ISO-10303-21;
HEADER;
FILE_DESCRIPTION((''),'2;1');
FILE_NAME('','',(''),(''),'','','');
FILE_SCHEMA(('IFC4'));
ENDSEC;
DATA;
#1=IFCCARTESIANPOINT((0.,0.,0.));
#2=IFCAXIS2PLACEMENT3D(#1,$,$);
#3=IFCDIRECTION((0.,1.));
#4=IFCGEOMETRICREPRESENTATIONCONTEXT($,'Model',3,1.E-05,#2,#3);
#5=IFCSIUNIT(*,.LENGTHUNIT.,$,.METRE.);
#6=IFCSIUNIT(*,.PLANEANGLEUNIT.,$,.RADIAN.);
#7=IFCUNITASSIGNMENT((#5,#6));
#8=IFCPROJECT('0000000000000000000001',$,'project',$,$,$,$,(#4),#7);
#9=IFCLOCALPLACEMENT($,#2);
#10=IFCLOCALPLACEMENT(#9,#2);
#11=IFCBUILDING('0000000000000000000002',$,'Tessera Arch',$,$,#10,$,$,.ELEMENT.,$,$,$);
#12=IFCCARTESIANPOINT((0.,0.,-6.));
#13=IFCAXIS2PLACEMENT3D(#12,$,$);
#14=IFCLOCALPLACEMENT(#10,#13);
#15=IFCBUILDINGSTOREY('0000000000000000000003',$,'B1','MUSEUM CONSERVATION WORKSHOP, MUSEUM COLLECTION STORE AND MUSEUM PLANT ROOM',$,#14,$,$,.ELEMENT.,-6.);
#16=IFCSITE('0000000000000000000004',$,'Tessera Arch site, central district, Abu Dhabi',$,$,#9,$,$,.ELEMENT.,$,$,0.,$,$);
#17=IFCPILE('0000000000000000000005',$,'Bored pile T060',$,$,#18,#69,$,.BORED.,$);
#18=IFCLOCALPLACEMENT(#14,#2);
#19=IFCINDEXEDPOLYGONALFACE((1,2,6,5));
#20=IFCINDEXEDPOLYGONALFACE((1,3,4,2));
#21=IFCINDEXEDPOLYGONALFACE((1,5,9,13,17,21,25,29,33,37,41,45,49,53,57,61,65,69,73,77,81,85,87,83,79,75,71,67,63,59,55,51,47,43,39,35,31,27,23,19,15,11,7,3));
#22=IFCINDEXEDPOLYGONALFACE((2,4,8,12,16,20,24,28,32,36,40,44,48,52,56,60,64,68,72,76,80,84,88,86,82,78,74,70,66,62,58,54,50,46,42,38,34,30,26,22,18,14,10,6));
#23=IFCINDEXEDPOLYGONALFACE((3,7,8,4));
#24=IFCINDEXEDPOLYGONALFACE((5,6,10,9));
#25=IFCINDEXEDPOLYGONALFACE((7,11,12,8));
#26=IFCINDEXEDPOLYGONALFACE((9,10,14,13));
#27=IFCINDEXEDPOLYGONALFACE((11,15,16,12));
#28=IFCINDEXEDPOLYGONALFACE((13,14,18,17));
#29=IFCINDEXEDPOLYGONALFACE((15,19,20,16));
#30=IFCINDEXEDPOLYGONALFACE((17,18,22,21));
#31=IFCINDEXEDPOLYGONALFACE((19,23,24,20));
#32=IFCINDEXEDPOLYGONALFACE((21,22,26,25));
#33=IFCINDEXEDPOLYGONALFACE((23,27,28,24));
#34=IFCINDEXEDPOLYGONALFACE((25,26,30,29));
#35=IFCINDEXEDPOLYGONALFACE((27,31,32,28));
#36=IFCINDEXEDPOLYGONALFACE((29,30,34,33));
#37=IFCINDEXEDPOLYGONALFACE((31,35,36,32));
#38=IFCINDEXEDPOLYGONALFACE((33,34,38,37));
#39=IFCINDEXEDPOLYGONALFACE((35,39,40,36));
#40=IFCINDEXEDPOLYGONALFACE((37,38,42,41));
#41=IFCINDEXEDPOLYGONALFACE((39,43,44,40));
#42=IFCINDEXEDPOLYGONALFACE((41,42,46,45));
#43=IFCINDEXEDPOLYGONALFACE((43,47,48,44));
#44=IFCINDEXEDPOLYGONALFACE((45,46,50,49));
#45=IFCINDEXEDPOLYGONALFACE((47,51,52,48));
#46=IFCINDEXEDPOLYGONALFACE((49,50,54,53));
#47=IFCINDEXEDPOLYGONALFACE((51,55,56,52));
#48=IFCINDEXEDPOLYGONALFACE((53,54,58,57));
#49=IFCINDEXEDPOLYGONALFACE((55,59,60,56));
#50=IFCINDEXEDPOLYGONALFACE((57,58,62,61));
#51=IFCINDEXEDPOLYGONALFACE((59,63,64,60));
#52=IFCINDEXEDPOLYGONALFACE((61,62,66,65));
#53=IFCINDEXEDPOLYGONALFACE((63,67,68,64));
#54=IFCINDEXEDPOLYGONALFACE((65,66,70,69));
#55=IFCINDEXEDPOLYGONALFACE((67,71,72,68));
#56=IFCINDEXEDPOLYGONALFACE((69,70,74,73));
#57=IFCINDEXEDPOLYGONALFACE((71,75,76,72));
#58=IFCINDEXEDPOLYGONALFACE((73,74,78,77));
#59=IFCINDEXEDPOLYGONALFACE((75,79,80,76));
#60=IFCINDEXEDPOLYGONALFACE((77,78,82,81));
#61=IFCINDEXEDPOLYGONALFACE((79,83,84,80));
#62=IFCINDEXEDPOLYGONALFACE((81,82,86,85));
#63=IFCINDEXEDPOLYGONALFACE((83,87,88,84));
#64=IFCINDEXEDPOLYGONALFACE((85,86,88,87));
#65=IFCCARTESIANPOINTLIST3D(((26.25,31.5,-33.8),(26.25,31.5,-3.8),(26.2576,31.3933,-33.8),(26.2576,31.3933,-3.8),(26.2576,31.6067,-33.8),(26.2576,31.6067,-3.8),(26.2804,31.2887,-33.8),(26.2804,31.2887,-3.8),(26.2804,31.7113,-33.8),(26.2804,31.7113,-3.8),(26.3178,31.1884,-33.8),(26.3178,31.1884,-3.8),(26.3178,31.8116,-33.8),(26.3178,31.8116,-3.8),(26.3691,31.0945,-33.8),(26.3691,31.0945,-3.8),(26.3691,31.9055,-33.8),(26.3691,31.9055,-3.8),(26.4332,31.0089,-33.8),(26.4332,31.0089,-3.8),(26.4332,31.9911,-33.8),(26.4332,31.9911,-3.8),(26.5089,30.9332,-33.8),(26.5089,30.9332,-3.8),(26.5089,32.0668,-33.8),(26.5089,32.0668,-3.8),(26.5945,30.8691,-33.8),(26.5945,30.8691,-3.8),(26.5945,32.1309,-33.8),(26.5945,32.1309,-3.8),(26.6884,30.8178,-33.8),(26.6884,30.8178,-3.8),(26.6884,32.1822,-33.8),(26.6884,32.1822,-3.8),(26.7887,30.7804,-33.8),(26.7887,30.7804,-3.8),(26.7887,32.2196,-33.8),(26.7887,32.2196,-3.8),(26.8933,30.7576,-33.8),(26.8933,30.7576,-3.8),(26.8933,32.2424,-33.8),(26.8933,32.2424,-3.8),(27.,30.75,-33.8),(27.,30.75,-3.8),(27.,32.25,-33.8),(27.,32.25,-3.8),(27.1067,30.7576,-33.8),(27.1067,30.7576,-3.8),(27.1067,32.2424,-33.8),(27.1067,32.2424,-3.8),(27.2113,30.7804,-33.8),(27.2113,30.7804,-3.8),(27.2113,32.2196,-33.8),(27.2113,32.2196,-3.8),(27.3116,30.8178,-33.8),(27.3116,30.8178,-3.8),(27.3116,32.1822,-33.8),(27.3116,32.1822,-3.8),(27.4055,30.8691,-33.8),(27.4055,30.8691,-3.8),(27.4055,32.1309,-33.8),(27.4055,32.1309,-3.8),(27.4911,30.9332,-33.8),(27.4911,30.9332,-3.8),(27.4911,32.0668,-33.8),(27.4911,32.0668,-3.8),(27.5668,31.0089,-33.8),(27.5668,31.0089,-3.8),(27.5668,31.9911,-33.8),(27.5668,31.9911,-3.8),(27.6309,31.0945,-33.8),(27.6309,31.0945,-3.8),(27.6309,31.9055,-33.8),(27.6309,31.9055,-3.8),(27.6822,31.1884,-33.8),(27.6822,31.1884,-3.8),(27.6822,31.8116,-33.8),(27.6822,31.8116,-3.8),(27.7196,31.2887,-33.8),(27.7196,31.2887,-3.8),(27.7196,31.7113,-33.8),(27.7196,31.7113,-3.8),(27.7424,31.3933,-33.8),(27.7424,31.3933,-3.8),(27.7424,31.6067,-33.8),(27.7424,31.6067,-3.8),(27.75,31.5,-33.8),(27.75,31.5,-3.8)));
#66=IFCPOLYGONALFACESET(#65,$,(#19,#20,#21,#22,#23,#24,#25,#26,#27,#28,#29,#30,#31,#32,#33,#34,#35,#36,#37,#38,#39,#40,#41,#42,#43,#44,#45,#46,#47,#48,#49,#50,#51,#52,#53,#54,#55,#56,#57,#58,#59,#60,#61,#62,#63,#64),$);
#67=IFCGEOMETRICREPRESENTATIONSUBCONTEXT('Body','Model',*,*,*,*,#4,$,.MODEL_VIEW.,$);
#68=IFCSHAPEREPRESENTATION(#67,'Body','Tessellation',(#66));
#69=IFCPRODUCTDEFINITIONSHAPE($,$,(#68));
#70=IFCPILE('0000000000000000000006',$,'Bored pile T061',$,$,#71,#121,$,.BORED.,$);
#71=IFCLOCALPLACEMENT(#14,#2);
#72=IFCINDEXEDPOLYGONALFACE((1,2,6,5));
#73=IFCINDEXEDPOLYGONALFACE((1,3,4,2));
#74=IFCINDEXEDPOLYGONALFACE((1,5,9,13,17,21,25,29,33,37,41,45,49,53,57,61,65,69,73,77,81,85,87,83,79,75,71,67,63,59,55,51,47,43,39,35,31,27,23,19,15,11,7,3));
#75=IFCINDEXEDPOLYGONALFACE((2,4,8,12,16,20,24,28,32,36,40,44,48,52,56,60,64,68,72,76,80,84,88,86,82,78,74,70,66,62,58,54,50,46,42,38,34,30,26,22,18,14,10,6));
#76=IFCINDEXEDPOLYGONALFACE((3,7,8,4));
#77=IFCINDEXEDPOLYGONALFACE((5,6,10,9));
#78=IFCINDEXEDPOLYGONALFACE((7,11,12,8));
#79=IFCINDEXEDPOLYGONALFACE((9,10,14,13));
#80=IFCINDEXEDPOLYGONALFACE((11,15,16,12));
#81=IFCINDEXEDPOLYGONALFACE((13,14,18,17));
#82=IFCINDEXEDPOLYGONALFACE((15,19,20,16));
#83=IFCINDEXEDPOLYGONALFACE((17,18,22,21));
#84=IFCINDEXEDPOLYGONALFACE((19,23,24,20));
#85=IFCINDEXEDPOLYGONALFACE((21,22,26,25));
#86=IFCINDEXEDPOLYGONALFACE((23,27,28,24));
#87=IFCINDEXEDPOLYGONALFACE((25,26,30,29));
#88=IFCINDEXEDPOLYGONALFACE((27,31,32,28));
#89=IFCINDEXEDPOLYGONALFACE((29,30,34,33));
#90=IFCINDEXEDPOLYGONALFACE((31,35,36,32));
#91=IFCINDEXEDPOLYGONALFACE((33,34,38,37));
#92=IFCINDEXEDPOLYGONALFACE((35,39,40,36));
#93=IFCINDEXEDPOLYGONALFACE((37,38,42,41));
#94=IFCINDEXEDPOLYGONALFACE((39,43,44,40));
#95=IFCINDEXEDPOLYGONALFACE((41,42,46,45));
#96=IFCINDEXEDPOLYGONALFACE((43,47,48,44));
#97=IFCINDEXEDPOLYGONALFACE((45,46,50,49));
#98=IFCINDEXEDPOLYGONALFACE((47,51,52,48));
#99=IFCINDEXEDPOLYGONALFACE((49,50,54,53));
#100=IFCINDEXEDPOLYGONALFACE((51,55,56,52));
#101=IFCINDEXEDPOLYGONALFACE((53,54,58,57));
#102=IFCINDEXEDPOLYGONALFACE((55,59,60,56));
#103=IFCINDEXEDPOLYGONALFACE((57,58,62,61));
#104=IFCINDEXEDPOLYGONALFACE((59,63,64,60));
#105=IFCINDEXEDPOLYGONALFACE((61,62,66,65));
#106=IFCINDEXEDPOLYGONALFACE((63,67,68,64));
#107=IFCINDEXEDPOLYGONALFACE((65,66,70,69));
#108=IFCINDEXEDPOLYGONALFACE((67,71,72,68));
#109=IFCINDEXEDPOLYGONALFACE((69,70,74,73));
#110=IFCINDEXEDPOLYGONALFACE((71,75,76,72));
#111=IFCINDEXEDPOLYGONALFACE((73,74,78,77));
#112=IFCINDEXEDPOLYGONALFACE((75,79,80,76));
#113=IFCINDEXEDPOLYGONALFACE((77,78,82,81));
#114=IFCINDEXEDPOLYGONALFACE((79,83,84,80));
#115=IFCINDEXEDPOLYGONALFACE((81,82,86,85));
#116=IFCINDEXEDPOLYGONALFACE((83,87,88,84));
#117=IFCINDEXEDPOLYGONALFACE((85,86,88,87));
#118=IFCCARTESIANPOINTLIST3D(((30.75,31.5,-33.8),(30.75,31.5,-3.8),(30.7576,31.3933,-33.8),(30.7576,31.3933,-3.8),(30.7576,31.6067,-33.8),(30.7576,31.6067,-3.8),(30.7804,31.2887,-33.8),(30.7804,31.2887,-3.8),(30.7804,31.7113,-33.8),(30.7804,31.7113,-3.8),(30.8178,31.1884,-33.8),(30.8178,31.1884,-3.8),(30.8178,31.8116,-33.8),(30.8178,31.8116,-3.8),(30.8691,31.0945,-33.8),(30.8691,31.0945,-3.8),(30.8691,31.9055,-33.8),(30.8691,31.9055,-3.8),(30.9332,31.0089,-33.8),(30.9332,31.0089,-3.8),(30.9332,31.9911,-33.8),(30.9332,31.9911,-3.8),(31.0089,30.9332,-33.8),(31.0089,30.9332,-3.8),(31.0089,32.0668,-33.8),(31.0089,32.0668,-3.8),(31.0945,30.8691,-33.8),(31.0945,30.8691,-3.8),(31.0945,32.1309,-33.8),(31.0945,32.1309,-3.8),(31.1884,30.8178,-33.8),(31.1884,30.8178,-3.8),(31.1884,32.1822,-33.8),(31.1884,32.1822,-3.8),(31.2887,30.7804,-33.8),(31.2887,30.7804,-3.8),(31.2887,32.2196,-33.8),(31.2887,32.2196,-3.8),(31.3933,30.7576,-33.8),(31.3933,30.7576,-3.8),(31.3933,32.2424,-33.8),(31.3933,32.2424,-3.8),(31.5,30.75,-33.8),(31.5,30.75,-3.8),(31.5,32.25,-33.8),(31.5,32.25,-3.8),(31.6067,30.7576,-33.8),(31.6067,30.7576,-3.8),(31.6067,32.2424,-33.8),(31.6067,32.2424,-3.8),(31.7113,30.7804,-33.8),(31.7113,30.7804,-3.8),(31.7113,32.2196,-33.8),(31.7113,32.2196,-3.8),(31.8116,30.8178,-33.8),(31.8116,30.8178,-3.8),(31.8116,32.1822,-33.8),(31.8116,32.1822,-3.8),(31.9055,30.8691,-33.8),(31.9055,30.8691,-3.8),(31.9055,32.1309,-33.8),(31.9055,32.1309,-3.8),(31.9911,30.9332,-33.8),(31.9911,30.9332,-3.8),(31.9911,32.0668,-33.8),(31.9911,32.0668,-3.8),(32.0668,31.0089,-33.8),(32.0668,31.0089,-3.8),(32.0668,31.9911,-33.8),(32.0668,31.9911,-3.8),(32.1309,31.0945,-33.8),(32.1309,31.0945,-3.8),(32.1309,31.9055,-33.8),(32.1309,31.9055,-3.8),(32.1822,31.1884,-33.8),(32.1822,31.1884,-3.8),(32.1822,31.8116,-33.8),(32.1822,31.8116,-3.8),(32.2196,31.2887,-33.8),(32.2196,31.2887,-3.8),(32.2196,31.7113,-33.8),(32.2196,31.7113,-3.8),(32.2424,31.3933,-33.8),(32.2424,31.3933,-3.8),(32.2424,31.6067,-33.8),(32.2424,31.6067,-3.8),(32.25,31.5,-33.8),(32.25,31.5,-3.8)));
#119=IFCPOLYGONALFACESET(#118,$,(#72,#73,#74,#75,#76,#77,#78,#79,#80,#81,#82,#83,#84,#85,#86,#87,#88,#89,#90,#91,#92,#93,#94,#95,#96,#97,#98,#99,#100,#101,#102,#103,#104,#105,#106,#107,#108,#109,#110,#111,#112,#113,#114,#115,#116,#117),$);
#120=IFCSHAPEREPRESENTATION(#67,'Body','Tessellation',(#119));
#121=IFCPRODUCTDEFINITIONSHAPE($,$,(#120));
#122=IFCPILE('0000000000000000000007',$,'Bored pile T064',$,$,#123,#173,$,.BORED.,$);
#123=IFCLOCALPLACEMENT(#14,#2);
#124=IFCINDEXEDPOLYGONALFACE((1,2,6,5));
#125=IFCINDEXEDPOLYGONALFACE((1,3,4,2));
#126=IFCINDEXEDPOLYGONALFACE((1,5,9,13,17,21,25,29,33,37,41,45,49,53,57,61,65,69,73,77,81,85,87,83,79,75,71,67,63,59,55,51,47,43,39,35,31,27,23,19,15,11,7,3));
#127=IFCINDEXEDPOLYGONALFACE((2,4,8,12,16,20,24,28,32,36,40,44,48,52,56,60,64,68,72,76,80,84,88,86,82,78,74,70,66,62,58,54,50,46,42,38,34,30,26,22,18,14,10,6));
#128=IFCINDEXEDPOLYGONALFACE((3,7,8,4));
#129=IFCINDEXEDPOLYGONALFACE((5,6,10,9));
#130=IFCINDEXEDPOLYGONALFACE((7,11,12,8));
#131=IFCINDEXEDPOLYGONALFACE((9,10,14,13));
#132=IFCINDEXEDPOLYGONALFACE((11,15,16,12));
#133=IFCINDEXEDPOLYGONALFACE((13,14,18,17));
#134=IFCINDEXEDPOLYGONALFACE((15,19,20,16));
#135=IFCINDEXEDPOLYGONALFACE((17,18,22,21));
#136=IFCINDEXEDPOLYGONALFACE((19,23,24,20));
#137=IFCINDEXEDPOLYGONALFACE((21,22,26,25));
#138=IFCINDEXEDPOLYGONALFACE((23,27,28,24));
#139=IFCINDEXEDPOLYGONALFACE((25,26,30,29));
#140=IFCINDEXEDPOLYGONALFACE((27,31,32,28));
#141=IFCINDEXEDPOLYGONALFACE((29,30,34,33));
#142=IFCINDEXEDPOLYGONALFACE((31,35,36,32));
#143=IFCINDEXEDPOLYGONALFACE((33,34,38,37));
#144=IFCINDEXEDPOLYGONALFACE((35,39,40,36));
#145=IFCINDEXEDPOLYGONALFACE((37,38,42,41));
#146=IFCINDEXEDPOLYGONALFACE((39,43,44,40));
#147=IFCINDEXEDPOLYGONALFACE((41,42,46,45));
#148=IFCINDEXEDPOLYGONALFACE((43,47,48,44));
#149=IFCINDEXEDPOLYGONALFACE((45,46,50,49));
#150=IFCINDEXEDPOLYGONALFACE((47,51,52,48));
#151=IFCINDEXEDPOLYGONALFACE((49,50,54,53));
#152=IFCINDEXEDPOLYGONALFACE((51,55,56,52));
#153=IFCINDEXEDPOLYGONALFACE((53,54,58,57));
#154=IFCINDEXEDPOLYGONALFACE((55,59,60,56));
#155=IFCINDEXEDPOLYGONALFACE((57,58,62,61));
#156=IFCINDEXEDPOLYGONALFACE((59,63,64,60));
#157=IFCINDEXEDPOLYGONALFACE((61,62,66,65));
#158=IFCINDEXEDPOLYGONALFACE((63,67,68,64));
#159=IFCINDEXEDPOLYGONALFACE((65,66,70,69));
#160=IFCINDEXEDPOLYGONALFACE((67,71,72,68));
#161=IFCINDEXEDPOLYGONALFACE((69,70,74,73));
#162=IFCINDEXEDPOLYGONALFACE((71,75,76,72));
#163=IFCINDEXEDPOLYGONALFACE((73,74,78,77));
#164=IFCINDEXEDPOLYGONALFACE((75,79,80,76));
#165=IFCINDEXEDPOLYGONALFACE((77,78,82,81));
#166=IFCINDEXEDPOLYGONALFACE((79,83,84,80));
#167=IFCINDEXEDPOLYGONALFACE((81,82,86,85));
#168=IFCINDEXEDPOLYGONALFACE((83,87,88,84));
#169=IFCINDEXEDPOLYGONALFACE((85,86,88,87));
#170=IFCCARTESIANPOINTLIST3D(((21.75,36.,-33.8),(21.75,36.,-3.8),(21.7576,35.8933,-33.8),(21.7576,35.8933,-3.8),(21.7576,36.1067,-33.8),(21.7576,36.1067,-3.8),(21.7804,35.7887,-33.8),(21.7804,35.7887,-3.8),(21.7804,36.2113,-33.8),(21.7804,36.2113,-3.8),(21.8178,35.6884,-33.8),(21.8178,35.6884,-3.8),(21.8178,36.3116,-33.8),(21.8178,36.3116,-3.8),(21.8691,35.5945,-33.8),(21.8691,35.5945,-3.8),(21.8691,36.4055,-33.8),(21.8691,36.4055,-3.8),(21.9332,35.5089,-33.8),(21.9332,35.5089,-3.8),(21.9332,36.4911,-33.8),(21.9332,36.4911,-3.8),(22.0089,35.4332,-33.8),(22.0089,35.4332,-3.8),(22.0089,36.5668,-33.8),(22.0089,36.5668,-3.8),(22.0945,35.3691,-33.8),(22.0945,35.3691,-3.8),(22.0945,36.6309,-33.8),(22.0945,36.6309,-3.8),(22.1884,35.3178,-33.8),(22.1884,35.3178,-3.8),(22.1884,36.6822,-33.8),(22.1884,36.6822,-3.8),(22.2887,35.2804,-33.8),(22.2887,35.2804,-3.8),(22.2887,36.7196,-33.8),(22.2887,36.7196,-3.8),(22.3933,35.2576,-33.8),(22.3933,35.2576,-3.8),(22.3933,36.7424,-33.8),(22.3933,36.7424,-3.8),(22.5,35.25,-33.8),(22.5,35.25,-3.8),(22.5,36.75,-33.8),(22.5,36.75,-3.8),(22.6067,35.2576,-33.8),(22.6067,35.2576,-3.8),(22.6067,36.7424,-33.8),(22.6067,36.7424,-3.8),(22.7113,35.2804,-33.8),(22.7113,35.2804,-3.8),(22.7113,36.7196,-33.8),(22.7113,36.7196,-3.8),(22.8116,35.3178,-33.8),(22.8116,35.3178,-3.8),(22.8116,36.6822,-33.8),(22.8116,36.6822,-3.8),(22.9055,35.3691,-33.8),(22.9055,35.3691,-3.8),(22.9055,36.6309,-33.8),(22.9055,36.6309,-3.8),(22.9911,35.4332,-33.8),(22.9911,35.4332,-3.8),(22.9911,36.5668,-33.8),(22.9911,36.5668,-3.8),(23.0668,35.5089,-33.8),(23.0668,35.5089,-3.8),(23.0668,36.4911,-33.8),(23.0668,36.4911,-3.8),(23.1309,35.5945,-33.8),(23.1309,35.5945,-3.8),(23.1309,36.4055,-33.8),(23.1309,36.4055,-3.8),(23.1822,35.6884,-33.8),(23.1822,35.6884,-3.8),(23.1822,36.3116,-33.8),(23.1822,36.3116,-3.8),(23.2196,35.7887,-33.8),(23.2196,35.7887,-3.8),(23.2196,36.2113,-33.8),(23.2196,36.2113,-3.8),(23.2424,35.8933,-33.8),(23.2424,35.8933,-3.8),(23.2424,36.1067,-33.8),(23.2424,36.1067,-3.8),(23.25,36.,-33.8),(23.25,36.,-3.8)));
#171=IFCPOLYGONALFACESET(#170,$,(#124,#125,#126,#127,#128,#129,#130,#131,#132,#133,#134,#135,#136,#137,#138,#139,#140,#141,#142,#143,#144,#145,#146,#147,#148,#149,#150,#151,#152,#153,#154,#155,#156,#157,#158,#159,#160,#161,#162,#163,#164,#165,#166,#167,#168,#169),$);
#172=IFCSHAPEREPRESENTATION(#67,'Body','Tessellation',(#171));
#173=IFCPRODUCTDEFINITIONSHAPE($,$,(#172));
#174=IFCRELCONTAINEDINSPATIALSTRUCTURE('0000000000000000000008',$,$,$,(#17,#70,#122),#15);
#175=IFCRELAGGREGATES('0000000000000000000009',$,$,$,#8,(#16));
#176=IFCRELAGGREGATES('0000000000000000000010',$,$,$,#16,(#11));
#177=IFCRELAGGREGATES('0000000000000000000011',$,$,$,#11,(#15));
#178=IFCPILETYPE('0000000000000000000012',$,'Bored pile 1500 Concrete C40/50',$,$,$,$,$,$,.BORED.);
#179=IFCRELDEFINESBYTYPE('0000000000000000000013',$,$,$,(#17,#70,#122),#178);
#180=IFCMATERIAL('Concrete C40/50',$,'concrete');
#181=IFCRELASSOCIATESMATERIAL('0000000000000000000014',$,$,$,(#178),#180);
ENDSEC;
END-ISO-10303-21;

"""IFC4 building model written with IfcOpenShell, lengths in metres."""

from ifc_helpers import new_model, si_unit, direction, frame, origin, origin_2d, place, context, subcontext, project, spatial, circle, extrude, material, type_object, element, save


model = new_model("IFC4")

# Units and contexts
model_context = context("Model", 3, precision=1e-05, world=origin(), true_north=direction((0.0, 1.0)))
body_context = subcontext(model_context, "Body", "Model", "MODEL_VIEW")
ifc_project = project(units=[si_unit("LENGTHUNIT", "METRE"), si_unit("PLANEANGLEUNIT", "RADIAN")], contexts=[model_context])

# Site, building, storey
site_placement = place(None, origin())
site = spatial("IfcSite", under=ifc_project, at=site_placement, Name="Tessera Arch site, central district, Abu Dhabi", CompositionType="ELEMENT", RefElevation=0.0)
building_placement = place(site_placement, origin())
building = spatial("IfcBuilding", under=site, at=building_placement, Name="Tessera Arch", CompositionType="ELEMENT")
storey_placement = place(building_placement, frame((0.0, 0.0, -6.0)))
storey = spatial("IfcBuildingStorey", under=building, at=storey_placement, Name="B1", Description="MUSEUM CONSERVATION WORKSHOP, MUSEUM COLLECTION STORE AND MUSEUM PLANT ROOM", CompositionType="ELEMENT", Elevation=-6.0)

# Piles
ifc_material_1 = material(Name="Concrete C40/50", Category="concrete")
pile_type = type_object("IfcPileType", Name="Bored pile 1500 Concrete C40/50", PredefinedType="BORED", material=ifc_material_1)
for number, where, z_axis, x_axis, name in (
    (1, (27.0, 31.5, -3.8), (0.0, 0.0, -1.0), (1.0, 0.0, 0.0), "Bored pile T060"),
    (2, (31.5, 31.5, -3.8), (0.0, 0.0, -1.0), (1.0, 0.0, 0.0), "Bored pile T061"),
    (3, (22.5, 36.0, -3.8), (0.0, 0.0, -1.0), (1.0, 0.0, 0.0), "Bored pile T064"),
):
    element("IfcPile", number, at=place(storey_placement, frame(where, z_axis=z_axis, x_axis=x_axis)), inside=storey, type_object=pile_type, Name=name, PredefinedType="BORED", context=body_context, shape_type="SweptSolid", body=[
        extrude(circle(Radius=0.75, at=origin_2d()), origin(), (0.0, 0.0, 1.0), 30.0),
    ])

save(model, "model.ifc")
